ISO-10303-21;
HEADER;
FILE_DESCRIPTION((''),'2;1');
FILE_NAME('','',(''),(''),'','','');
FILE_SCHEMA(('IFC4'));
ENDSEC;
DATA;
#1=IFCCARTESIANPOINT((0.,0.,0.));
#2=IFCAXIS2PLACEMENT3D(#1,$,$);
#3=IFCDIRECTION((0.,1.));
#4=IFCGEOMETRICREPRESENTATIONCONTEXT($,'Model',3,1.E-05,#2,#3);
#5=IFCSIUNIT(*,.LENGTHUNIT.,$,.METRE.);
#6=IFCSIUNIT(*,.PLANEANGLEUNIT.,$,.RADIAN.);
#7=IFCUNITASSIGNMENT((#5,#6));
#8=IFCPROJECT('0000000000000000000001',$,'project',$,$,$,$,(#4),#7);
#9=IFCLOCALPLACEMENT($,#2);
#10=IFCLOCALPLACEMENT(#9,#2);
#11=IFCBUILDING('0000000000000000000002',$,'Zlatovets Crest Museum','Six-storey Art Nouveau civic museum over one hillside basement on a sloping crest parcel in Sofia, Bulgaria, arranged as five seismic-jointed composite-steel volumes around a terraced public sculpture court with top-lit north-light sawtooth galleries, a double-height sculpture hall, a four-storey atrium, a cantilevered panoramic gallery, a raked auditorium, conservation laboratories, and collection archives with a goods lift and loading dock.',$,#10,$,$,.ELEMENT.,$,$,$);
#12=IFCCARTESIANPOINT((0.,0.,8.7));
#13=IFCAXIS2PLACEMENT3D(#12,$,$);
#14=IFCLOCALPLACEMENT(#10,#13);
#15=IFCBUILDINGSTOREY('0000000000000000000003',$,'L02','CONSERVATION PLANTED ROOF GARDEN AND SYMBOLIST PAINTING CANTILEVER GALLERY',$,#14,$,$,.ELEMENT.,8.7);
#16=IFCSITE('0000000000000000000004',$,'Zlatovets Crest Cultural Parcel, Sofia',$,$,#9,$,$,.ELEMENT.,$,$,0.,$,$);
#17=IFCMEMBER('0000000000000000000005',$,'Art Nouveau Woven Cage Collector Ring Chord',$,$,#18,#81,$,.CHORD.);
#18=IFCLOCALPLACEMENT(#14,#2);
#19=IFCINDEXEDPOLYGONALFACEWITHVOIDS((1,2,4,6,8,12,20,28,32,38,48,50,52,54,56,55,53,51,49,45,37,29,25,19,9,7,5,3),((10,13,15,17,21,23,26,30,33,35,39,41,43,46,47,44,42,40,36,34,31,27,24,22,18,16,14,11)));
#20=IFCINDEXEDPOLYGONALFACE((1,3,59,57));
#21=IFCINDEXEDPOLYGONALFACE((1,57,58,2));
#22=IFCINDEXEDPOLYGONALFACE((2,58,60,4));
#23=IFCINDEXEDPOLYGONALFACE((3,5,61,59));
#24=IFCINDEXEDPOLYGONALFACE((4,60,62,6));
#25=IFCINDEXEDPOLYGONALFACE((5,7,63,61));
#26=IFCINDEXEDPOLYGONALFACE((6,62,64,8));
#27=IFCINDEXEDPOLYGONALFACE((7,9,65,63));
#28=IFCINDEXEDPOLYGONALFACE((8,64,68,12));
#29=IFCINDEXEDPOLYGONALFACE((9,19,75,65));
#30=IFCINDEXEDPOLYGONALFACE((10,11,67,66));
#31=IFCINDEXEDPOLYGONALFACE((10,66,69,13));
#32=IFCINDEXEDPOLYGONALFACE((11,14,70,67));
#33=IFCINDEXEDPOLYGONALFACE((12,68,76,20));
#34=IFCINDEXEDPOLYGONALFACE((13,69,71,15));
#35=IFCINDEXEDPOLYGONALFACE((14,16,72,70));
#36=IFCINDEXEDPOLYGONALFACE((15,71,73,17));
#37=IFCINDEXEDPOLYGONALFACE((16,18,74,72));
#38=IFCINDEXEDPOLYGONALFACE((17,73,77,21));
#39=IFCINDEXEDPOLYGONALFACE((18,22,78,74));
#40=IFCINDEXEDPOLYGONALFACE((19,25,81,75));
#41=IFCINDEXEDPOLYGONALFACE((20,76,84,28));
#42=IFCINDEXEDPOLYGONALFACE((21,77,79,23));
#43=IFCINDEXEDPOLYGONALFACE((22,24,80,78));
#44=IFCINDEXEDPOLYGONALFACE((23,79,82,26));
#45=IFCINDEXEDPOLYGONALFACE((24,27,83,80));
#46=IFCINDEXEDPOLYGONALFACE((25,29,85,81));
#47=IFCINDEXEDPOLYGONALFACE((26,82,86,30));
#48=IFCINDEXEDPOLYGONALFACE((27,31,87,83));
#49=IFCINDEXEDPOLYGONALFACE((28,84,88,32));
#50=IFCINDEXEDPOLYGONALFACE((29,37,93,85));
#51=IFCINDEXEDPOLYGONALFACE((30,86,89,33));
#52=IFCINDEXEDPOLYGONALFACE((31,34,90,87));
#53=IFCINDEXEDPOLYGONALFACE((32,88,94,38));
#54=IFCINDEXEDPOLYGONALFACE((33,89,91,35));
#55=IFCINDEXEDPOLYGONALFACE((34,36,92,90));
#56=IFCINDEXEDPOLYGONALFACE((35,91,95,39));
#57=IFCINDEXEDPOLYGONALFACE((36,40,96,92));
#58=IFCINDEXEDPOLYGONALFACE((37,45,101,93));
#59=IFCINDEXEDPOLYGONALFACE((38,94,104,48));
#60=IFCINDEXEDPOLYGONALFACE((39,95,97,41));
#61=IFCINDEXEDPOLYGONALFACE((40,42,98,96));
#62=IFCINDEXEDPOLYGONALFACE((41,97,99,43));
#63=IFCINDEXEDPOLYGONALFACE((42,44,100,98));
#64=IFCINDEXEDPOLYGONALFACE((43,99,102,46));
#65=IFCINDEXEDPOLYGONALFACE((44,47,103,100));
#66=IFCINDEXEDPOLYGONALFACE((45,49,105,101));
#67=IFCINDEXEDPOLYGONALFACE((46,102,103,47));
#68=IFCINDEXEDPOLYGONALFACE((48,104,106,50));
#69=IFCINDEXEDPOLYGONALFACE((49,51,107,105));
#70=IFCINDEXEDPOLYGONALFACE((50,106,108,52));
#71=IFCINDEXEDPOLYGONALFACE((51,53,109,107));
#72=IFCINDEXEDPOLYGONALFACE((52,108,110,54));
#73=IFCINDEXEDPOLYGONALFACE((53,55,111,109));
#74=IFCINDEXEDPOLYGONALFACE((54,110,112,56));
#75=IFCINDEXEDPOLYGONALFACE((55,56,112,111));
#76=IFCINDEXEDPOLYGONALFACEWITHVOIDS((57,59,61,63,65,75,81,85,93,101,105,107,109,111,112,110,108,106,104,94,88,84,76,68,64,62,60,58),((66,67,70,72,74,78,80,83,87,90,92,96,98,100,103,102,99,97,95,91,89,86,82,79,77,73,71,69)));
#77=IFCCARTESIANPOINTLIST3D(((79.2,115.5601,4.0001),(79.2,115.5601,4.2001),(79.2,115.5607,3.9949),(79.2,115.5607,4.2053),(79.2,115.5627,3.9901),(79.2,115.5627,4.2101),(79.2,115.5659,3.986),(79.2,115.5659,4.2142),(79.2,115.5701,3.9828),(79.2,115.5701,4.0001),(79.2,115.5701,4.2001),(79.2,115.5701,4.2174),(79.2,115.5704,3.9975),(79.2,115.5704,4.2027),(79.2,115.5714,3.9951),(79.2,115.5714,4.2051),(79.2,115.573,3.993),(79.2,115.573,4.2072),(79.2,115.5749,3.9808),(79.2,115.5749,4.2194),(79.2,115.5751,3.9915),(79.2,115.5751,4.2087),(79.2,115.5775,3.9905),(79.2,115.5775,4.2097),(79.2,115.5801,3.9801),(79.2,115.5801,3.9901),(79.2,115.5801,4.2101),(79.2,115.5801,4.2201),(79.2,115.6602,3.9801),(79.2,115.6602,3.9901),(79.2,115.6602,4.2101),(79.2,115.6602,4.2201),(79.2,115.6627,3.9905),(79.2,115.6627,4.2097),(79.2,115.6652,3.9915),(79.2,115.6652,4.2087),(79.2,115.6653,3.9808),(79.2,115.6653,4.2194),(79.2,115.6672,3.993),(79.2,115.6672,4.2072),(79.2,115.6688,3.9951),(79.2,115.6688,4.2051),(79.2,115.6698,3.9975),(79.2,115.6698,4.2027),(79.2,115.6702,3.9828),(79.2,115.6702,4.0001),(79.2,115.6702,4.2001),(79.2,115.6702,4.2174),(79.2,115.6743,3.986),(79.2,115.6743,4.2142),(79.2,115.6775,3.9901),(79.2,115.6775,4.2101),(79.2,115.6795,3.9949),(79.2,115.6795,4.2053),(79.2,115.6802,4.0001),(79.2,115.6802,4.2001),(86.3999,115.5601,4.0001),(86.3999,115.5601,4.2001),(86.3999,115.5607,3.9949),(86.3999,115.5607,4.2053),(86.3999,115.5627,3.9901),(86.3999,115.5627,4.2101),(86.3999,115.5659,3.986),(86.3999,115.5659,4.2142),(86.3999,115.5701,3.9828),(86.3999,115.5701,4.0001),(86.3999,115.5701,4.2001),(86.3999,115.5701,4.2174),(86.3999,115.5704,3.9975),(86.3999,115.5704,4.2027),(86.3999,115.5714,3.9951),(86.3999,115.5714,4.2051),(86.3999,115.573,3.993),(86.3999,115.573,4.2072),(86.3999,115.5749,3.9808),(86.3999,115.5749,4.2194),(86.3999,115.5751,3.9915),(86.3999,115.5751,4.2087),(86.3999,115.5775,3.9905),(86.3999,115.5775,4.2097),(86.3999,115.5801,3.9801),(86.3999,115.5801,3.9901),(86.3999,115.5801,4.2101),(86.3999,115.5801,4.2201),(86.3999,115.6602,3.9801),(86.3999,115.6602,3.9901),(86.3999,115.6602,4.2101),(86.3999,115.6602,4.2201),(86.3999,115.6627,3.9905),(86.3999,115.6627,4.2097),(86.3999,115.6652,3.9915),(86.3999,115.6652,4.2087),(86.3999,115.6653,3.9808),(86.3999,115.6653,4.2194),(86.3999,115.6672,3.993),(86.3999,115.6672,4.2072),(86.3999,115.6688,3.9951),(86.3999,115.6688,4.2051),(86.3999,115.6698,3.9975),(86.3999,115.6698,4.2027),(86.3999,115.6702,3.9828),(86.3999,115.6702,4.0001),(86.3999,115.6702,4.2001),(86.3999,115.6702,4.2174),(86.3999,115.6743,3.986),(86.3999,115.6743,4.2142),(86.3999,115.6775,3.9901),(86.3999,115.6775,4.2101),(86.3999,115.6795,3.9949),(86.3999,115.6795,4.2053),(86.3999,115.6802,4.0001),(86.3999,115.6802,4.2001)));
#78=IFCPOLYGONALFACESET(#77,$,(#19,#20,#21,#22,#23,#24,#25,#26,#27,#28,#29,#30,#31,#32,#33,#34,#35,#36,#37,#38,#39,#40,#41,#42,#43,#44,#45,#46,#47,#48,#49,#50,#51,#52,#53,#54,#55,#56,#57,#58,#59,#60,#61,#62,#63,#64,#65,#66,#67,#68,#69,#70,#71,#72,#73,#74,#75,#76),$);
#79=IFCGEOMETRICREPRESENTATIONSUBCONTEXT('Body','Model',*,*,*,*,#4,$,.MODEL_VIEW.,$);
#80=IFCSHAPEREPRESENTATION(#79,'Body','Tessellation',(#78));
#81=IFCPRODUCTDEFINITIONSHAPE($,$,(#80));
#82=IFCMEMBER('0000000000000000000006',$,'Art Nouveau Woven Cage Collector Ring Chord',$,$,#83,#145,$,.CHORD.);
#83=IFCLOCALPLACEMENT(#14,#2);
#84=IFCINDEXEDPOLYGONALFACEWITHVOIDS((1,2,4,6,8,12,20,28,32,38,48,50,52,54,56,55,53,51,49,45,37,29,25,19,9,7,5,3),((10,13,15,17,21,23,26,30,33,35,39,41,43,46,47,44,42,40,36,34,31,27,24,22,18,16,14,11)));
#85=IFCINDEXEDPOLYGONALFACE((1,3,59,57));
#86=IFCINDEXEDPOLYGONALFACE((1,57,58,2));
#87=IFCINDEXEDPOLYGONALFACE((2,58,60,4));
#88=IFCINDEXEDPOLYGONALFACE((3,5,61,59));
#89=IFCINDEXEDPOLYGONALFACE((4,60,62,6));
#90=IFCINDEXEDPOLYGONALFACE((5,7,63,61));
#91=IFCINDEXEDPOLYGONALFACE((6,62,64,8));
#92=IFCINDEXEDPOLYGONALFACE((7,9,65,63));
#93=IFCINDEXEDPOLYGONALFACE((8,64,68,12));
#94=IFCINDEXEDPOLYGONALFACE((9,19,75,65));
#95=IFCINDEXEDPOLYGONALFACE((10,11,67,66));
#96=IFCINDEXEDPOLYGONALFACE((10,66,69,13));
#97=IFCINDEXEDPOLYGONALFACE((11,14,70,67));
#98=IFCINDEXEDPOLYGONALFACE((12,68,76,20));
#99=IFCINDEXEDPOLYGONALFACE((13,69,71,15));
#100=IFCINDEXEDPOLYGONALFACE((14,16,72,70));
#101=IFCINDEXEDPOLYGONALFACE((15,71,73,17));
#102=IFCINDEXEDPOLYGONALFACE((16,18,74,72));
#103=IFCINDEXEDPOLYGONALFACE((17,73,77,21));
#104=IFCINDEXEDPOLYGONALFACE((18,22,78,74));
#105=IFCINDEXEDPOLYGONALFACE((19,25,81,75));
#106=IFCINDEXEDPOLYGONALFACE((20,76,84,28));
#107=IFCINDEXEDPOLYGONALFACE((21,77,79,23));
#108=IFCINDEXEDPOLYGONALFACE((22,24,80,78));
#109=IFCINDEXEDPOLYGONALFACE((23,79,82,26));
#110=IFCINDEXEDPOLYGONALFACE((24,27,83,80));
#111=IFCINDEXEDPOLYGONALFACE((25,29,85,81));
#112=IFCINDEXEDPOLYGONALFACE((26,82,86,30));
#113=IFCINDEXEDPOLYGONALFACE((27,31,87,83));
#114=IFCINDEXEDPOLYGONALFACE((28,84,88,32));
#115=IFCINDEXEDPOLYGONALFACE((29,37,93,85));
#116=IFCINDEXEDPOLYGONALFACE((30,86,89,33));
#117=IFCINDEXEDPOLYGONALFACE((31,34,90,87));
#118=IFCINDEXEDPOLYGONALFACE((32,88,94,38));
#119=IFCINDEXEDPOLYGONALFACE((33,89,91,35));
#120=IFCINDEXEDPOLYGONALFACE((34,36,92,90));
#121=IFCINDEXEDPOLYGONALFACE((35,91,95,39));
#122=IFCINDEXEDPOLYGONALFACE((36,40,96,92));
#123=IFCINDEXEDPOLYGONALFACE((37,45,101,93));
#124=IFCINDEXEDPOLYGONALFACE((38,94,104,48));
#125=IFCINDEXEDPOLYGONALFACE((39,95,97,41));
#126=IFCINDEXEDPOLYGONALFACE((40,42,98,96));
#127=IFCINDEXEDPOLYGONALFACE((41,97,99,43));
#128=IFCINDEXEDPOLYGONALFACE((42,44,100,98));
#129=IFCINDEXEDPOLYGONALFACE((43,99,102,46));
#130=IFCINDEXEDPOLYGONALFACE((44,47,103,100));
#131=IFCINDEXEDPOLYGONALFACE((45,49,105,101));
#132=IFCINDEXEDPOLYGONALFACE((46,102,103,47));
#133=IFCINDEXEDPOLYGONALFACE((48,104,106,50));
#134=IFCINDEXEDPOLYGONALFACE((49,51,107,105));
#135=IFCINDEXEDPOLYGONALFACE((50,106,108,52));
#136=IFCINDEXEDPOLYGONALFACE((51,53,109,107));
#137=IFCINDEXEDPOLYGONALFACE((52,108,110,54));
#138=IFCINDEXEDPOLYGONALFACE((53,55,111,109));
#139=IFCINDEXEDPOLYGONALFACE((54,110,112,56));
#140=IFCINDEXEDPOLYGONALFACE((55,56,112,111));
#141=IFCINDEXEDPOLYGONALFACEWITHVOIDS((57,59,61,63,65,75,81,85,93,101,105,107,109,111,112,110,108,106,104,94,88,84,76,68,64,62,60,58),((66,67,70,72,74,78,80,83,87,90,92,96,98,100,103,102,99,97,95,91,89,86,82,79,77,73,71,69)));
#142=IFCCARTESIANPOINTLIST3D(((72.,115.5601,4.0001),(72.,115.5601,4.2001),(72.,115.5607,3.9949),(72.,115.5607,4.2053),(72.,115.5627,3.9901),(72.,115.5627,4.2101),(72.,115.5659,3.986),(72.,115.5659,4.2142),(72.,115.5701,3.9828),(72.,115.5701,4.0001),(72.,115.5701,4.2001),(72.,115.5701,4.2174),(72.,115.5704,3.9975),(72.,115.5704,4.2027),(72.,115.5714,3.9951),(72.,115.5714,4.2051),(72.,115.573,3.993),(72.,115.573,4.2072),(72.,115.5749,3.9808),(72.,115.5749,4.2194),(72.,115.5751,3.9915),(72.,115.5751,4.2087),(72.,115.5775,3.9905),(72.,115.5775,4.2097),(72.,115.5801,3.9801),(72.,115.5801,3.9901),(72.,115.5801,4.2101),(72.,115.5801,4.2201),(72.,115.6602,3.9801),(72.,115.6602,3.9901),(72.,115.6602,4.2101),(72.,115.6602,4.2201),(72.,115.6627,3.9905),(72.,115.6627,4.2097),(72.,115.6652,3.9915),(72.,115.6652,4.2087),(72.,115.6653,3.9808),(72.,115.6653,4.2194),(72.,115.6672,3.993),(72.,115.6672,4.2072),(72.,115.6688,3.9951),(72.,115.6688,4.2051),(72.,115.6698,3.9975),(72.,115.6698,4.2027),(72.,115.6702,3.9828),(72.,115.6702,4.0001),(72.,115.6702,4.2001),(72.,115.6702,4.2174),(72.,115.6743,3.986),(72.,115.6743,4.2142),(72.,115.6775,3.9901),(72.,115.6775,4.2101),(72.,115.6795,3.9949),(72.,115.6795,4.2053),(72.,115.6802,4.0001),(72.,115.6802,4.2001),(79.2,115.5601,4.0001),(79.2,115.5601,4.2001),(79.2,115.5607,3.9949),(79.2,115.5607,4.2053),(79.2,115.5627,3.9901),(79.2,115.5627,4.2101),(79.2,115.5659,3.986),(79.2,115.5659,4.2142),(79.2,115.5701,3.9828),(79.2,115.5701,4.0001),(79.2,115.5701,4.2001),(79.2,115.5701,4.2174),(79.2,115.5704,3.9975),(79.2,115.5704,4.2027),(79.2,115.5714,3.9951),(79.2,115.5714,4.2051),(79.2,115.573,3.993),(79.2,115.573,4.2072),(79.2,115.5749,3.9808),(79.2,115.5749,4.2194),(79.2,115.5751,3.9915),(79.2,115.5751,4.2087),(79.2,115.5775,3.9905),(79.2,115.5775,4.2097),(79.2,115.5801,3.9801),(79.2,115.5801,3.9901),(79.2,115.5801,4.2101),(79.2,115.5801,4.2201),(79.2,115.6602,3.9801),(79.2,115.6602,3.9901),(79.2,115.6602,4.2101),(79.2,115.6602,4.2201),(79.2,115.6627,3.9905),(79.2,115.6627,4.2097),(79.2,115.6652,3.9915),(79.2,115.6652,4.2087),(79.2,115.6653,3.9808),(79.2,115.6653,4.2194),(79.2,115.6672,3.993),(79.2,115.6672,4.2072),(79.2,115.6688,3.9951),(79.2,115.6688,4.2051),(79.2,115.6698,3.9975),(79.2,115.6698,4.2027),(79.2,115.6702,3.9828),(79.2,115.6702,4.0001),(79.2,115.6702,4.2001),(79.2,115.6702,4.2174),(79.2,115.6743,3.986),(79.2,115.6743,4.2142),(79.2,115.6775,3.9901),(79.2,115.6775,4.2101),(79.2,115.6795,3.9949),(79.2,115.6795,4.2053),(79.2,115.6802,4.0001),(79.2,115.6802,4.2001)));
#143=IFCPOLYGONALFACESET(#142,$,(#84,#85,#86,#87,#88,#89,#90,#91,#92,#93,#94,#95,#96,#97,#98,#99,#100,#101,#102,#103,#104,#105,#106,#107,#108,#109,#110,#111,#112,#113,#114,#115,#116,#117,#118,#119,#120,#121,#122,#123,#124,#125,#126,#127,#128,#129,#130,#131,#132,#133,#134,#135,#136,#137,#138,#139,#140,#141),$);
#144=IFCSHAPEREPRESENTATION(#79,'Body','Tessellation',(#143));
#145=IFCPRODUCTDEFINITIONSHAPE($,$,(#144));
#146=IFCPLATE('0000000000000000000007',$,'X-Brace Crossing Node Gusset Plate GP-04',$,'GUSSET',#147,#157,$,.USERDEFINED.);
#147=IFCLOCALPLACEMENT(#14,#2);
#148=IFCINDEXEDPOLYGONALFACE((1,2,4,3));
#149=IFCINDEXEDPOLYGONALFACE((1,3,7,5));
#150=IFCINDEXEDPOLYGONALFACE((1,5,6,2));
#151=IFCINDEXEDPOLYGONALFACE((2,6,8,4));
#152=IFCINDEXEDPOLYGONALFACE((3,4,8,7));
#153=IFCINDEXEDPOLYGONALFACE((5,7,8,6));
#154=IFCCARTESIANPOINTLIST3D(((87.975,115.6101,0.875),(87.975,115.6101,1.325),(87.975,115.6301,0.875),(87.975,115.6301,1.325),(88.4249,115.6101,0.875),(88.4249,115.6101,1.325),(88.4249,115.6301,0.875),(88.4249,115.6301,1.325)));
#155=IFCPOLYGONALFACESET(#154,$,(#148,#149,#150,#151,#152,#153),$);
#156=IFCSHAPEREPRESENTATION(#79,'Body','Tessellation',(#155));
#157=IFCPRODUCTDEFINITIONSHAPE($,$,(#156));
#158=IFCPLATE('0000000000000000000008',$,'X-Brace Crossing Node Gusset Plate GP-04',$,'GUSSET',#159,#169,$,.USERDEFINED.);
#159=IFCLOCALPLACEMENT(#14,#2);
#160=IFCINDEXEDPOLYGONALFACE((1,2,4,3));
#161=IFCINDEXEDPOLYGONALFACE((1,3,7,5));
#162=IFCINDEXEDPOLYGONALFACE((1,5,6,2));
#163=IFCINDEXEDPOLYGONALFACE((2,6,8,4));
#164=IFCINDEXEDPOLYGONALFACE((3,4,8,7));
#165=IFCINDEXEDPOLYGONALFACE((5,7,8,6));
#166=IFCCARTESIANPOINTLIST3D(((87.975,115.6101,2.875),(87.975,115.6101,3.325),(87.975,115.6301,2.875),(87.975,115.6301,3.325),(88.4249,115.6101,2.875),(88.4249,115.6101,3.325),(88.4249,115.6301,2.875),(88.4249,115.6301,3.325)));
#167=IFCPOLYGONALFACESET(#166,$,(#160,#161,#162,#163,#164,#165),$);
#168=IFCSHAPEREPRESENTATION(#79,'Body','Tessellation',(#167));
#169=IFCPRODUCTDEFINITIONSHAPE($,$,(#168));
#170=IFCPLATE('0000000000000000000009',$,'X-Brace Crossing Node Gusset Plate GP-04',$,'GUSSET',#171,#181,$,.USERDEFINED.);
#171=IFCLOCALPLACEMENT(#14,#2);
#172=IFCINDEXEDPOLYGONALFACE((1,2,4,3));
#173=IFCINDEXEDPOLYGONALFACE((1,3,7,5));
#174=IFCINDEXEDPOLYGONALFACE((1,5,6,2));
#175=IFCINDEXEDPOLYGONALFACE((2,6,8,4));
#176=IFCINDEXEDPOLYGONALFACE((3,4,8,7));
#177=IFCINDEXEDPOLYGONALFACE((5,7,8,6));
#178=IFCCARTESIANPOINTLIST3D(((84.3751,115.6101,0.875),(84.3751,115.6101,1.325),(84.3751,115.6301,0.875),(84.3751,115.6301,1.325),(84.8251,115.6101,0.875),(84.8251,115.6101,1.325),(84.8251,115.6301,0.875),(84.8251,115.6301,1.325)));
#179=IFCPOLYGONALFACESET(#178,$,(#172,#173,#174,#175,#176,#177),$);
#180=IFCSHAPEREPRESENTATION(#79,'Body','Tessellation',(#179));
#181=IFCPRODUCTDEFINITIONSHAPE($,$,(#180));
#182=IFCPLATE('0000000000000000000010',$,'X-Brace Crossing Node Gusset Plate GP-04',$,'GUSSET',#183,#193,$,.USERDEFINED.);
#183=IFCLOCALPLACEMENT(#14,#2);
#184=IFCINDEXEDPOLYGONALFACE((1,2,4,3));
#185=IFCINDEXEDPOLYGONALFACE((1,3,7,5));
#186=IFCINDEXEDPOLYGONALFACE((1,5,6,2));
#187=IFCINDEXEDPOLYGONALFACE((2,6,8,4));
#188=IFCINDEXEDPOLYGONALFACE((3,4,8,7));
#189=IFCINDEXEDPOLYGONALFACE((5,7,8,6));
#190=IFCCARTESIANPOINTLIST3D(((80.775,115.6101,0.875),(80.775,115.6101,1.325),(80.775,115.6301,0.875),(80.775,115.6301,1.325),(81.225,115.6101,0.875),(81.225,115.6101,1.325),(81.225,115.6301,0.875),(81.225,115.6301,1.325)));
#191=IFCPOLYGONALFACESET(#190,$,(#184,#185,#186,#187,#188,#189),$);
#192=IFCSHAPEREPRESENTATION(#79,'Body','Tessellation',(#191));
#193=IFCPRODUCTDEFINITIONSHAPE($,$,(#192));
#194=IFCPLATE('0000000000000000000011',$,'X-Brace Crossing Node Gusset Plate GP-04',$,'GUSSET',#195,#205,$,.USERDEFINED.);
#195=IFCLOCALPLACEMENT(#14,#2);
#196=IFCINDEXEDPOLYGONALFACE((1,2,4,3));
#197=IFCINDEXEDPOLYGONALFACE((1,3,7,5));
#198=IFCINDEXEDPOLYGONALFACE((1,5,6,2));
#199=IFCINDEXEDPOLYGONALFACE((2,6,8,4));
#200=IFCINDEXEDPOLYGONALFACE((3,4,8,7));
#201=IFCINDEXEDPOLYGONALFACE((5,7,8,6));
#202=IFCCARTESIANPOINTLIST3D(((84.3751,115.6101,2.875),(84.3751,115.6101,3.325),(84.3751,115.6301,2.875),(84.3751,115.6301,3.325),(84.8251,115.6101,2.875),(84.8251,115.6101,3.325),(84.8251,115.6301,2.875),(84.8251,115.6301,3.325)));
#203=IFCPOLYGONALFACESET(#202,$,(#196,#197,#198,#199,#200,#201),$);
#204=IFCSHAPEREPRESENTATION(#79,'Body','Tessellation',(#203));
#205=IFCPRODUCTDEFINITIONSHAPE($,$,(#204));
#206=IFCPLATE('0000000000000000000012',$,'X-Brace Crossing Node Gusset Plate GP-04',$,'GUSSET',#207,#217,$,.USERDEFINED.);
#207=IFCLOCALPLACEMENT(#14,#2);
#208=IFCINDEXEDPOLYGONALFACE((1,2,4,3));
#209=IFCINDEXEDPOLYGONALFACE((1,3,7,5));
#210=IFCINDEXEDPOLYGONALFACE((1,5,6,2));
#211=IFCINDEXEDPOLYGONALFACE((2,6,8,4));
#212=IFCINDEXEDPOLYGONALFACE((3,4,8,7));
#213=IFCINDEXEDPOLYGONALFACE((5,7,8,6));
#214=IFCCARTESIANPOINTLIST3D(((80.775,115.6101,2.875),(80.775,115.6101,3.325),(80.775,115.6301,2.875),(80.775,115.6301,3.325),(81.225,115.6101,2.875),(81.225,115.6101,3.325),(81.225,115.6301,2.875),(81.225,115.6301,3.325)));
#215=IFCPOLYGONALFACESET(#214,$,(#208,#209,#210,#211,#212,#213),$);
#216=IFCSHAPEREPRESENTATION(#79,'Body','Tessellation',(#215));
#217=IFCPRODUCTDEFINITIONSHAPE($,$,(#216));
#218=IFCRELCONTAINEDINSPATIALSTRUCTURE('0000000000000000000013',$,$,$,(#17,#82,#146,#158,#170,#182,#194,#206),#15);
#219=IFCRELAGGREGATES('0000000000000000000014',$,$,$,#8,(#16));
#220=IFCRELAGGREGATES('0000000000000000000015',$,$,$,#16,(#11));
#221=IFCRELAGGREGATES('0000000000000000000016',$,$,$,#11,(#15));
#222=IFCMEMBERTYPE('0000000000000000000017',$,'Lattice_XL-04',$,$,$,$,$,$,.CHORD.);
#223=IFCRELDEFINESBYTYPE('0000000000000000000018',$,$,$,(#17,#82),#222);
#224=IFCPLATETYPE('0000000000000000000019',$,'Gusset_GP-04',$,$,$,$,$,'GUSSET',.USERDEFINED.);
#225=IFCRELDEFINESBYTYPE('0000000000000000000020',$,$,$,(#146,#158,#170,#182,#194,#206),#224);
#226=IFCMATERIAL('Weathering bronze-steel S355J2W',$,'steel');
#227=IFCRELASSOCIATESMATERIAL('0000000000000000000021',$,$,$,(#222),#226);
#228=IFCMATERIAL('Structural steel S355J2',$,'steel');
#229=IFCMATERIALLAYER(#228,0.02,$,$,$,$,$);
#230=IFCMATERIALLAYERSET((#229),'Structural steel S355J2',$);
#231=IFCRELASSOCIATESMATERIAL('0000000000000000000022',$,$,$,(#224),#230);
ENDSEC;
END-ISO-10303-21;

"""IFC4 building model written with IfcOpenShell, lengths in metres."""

from ifc_helpers import new_model, si_unit, direction, frame, origin, origin_2d, place, context, subcontext, project, spatial, rectangle, hollow_rectangle, extrude, material, layer, layer_set, material_profile, profile_set, type_object, element, save


model = new_model("IFC4")

# Units and contexts
model_context = context("Model", 3, precision=1e-05, world=origin(), true_north=direction((0.0, 1.0)))
body_context = subcontext(model_context, "Body", "Model", "MODEL_VIEW")
ifc_project = project(units=[si_unit("LENGTHUNIT", "METRE"), si_unit("PLANEANGLEUNIT", "RADIAN")], contexts=[model_context])

# Site, building, storey
site_placement = place(None, origin())
site = spatial("IfcSite", under=ifc_project, at=site_placement, Name="Zlatovets Crest Cultural Parcel, Sofia", CompositionType="ELEMENT", RefElevation=0.0)
building_placement = place(site_placement, origin())
building = spatial("IfcBuilding", under=site, at=building_placement, Name="Zlatovets Crest Museum", Description="Six-storey Art Nouveau civic museum over one hillside basement on a sloping crest parcel in Sofia, Bulgaria, arranged as five seismic-jointed composite-steel volumes around a terraced public sculpture court with top-lit north-light sawtooth galleries, a double-height sculpture hall, a four-storey atrium, a cantilevered panoramic gallery, a raked auditorium, conservation laboratories, and collection archives with a goods lift and loading dock.", CompositionType="ELEMENT")
storey_placement = place(building_placement, frame((0.0, 0.0, 8.7)))
storey = spatial("IfcBuildingStorey", under=building, at=storey_placement, Name="L02", Description="CONSERVATION PLANTED ROOF GARDEN AND SYMBOLIST PAINTING CANTILEVER GALLERY", CompositionType="ELEMENT", Elevation=8.7)

# Members
ifc_material_1 = material(Name="Weathering bronze-steel S355J2W", Category="steel")
ifc_material_profile_1 = material_profile(ifc_material_1, hollow_rectangle(XDim=0.1201, YDim=0.24, WallThickness=0.01, InnerFilletRadius=0.01, OuterFilletRadius=0.02, at=origin_2d()), Name="RHS 120x240x10.0")
ifc_profile_set_1 = profile_set([ifc_material_profile_1], Name="Weathering bronze-steel S355J2W")
member_type_1 = type_object("IfcMemberType", Name="Lattice_XL-04", PredefinedType="CHORD", material=ifc_profile_set_1)
for number, where, z_axis, x_axis, name in (
    (1, (86.3999, 115.6201, 4.1001), (-1.0, 0.0, 0.0), (0.0, -1.0, 0.0), "Art Nouveau Woven Cage Collector Ring Chord"),
    (2, (79.2, 115.6201, 4.1001), (-1.0, 0.0, 0.0), (0.0, -1.0, 0.0), "Art Nouveau Woven Cage Collector Ring Chord"),
):
    element("IfcMember", number, at=place(storey_placement, frame(where, z_axis=z_axis, x_axis=x_axis)), inside=storey, type_object=member_type_1, Name=name, PredefinedType="CHORD", context=body_context, shape_type="SweptSolid", body=[
        extrude(hollow_rectangle(XDim=0.1201, YDim=0.24, WallThickness=0.01, InnerFilletRadius=0.01, OuterFilletRadius=0.02, at=origin_2d()), origin(), (0.0, 0.0, 1.0), 7.2),
    ])

# Plates
ifc_material_2 = material(Name="Structural steel S355J2", Category="steel")
ifc_layer = layer(ifc_material_2, 0.02)
ifc_layer_set = layer_set([ifc_layer], Name="Structural steel S355J2")
plate_type = type_object("IfcPlateType", Name="Gusset_GP-04", ElementType="GUSSET", PredefinedType="USERDEFINED", material=ifc_layer_set)
for number, where, z_axis, x_axis, name in (
    (3, (88.2, 115.6201, 0.875), (0.0, 0.0, 1.0), (1.0, 0.0, 0.0), "X-Brace Crossing Node Gusset Plate GP-04"),
    (4, (88.2, 115.6201, 2.875), (0.0, 0.0, 1.0), (1.0, 0.0, 0.0), "X-Brace Crossing Node Gusset Plate GP-04"),
    (5, (84.6001, 115.6201, 0.875), (0.0, 0.0, 1.0), (1.0, 0.0, 0.0), "X-Brace Crossing Node Gusset Plate GP-04"),
    (6, (81.0, 115.6201, 0.875), (0.0, 0.0, 1.0), (1.0, 0.0, 0.0), "X-Brace Crossing Node Gusset Plate GP-04"),
    (7, (84.6001, 115.6201, 2.875), (0.0, 0.0, 1.0), (1.0, 0.0, 0.0), "X-Brace Crossing Node Gusset Plate GP-04"),
    (8, (81.0, 115.6201, 2.875), (0.0, 0.0, 1.0), (1.0, 0.0, 0.0), "X-Brace Crossing Node Gusset Plate GP-04"),
):
    element("IfcPlate", number, at=place(storey_placement, frame(where, z_axis=z_axis, x_axis=x_axis)), inside=storey, type_object=plate_type, Name=name, ObjectType="GUSSET", PredefinedType="USERDEFINED", context=body_context, shape_type="SweptSolid", body=[
        extrude(rectangle(XDim=0.45, YDim=0.02, at=origin_2d()), origin(), (0.0, 0.0, 1.0), 0.45),
    ])

save(model, "model.ifc")
